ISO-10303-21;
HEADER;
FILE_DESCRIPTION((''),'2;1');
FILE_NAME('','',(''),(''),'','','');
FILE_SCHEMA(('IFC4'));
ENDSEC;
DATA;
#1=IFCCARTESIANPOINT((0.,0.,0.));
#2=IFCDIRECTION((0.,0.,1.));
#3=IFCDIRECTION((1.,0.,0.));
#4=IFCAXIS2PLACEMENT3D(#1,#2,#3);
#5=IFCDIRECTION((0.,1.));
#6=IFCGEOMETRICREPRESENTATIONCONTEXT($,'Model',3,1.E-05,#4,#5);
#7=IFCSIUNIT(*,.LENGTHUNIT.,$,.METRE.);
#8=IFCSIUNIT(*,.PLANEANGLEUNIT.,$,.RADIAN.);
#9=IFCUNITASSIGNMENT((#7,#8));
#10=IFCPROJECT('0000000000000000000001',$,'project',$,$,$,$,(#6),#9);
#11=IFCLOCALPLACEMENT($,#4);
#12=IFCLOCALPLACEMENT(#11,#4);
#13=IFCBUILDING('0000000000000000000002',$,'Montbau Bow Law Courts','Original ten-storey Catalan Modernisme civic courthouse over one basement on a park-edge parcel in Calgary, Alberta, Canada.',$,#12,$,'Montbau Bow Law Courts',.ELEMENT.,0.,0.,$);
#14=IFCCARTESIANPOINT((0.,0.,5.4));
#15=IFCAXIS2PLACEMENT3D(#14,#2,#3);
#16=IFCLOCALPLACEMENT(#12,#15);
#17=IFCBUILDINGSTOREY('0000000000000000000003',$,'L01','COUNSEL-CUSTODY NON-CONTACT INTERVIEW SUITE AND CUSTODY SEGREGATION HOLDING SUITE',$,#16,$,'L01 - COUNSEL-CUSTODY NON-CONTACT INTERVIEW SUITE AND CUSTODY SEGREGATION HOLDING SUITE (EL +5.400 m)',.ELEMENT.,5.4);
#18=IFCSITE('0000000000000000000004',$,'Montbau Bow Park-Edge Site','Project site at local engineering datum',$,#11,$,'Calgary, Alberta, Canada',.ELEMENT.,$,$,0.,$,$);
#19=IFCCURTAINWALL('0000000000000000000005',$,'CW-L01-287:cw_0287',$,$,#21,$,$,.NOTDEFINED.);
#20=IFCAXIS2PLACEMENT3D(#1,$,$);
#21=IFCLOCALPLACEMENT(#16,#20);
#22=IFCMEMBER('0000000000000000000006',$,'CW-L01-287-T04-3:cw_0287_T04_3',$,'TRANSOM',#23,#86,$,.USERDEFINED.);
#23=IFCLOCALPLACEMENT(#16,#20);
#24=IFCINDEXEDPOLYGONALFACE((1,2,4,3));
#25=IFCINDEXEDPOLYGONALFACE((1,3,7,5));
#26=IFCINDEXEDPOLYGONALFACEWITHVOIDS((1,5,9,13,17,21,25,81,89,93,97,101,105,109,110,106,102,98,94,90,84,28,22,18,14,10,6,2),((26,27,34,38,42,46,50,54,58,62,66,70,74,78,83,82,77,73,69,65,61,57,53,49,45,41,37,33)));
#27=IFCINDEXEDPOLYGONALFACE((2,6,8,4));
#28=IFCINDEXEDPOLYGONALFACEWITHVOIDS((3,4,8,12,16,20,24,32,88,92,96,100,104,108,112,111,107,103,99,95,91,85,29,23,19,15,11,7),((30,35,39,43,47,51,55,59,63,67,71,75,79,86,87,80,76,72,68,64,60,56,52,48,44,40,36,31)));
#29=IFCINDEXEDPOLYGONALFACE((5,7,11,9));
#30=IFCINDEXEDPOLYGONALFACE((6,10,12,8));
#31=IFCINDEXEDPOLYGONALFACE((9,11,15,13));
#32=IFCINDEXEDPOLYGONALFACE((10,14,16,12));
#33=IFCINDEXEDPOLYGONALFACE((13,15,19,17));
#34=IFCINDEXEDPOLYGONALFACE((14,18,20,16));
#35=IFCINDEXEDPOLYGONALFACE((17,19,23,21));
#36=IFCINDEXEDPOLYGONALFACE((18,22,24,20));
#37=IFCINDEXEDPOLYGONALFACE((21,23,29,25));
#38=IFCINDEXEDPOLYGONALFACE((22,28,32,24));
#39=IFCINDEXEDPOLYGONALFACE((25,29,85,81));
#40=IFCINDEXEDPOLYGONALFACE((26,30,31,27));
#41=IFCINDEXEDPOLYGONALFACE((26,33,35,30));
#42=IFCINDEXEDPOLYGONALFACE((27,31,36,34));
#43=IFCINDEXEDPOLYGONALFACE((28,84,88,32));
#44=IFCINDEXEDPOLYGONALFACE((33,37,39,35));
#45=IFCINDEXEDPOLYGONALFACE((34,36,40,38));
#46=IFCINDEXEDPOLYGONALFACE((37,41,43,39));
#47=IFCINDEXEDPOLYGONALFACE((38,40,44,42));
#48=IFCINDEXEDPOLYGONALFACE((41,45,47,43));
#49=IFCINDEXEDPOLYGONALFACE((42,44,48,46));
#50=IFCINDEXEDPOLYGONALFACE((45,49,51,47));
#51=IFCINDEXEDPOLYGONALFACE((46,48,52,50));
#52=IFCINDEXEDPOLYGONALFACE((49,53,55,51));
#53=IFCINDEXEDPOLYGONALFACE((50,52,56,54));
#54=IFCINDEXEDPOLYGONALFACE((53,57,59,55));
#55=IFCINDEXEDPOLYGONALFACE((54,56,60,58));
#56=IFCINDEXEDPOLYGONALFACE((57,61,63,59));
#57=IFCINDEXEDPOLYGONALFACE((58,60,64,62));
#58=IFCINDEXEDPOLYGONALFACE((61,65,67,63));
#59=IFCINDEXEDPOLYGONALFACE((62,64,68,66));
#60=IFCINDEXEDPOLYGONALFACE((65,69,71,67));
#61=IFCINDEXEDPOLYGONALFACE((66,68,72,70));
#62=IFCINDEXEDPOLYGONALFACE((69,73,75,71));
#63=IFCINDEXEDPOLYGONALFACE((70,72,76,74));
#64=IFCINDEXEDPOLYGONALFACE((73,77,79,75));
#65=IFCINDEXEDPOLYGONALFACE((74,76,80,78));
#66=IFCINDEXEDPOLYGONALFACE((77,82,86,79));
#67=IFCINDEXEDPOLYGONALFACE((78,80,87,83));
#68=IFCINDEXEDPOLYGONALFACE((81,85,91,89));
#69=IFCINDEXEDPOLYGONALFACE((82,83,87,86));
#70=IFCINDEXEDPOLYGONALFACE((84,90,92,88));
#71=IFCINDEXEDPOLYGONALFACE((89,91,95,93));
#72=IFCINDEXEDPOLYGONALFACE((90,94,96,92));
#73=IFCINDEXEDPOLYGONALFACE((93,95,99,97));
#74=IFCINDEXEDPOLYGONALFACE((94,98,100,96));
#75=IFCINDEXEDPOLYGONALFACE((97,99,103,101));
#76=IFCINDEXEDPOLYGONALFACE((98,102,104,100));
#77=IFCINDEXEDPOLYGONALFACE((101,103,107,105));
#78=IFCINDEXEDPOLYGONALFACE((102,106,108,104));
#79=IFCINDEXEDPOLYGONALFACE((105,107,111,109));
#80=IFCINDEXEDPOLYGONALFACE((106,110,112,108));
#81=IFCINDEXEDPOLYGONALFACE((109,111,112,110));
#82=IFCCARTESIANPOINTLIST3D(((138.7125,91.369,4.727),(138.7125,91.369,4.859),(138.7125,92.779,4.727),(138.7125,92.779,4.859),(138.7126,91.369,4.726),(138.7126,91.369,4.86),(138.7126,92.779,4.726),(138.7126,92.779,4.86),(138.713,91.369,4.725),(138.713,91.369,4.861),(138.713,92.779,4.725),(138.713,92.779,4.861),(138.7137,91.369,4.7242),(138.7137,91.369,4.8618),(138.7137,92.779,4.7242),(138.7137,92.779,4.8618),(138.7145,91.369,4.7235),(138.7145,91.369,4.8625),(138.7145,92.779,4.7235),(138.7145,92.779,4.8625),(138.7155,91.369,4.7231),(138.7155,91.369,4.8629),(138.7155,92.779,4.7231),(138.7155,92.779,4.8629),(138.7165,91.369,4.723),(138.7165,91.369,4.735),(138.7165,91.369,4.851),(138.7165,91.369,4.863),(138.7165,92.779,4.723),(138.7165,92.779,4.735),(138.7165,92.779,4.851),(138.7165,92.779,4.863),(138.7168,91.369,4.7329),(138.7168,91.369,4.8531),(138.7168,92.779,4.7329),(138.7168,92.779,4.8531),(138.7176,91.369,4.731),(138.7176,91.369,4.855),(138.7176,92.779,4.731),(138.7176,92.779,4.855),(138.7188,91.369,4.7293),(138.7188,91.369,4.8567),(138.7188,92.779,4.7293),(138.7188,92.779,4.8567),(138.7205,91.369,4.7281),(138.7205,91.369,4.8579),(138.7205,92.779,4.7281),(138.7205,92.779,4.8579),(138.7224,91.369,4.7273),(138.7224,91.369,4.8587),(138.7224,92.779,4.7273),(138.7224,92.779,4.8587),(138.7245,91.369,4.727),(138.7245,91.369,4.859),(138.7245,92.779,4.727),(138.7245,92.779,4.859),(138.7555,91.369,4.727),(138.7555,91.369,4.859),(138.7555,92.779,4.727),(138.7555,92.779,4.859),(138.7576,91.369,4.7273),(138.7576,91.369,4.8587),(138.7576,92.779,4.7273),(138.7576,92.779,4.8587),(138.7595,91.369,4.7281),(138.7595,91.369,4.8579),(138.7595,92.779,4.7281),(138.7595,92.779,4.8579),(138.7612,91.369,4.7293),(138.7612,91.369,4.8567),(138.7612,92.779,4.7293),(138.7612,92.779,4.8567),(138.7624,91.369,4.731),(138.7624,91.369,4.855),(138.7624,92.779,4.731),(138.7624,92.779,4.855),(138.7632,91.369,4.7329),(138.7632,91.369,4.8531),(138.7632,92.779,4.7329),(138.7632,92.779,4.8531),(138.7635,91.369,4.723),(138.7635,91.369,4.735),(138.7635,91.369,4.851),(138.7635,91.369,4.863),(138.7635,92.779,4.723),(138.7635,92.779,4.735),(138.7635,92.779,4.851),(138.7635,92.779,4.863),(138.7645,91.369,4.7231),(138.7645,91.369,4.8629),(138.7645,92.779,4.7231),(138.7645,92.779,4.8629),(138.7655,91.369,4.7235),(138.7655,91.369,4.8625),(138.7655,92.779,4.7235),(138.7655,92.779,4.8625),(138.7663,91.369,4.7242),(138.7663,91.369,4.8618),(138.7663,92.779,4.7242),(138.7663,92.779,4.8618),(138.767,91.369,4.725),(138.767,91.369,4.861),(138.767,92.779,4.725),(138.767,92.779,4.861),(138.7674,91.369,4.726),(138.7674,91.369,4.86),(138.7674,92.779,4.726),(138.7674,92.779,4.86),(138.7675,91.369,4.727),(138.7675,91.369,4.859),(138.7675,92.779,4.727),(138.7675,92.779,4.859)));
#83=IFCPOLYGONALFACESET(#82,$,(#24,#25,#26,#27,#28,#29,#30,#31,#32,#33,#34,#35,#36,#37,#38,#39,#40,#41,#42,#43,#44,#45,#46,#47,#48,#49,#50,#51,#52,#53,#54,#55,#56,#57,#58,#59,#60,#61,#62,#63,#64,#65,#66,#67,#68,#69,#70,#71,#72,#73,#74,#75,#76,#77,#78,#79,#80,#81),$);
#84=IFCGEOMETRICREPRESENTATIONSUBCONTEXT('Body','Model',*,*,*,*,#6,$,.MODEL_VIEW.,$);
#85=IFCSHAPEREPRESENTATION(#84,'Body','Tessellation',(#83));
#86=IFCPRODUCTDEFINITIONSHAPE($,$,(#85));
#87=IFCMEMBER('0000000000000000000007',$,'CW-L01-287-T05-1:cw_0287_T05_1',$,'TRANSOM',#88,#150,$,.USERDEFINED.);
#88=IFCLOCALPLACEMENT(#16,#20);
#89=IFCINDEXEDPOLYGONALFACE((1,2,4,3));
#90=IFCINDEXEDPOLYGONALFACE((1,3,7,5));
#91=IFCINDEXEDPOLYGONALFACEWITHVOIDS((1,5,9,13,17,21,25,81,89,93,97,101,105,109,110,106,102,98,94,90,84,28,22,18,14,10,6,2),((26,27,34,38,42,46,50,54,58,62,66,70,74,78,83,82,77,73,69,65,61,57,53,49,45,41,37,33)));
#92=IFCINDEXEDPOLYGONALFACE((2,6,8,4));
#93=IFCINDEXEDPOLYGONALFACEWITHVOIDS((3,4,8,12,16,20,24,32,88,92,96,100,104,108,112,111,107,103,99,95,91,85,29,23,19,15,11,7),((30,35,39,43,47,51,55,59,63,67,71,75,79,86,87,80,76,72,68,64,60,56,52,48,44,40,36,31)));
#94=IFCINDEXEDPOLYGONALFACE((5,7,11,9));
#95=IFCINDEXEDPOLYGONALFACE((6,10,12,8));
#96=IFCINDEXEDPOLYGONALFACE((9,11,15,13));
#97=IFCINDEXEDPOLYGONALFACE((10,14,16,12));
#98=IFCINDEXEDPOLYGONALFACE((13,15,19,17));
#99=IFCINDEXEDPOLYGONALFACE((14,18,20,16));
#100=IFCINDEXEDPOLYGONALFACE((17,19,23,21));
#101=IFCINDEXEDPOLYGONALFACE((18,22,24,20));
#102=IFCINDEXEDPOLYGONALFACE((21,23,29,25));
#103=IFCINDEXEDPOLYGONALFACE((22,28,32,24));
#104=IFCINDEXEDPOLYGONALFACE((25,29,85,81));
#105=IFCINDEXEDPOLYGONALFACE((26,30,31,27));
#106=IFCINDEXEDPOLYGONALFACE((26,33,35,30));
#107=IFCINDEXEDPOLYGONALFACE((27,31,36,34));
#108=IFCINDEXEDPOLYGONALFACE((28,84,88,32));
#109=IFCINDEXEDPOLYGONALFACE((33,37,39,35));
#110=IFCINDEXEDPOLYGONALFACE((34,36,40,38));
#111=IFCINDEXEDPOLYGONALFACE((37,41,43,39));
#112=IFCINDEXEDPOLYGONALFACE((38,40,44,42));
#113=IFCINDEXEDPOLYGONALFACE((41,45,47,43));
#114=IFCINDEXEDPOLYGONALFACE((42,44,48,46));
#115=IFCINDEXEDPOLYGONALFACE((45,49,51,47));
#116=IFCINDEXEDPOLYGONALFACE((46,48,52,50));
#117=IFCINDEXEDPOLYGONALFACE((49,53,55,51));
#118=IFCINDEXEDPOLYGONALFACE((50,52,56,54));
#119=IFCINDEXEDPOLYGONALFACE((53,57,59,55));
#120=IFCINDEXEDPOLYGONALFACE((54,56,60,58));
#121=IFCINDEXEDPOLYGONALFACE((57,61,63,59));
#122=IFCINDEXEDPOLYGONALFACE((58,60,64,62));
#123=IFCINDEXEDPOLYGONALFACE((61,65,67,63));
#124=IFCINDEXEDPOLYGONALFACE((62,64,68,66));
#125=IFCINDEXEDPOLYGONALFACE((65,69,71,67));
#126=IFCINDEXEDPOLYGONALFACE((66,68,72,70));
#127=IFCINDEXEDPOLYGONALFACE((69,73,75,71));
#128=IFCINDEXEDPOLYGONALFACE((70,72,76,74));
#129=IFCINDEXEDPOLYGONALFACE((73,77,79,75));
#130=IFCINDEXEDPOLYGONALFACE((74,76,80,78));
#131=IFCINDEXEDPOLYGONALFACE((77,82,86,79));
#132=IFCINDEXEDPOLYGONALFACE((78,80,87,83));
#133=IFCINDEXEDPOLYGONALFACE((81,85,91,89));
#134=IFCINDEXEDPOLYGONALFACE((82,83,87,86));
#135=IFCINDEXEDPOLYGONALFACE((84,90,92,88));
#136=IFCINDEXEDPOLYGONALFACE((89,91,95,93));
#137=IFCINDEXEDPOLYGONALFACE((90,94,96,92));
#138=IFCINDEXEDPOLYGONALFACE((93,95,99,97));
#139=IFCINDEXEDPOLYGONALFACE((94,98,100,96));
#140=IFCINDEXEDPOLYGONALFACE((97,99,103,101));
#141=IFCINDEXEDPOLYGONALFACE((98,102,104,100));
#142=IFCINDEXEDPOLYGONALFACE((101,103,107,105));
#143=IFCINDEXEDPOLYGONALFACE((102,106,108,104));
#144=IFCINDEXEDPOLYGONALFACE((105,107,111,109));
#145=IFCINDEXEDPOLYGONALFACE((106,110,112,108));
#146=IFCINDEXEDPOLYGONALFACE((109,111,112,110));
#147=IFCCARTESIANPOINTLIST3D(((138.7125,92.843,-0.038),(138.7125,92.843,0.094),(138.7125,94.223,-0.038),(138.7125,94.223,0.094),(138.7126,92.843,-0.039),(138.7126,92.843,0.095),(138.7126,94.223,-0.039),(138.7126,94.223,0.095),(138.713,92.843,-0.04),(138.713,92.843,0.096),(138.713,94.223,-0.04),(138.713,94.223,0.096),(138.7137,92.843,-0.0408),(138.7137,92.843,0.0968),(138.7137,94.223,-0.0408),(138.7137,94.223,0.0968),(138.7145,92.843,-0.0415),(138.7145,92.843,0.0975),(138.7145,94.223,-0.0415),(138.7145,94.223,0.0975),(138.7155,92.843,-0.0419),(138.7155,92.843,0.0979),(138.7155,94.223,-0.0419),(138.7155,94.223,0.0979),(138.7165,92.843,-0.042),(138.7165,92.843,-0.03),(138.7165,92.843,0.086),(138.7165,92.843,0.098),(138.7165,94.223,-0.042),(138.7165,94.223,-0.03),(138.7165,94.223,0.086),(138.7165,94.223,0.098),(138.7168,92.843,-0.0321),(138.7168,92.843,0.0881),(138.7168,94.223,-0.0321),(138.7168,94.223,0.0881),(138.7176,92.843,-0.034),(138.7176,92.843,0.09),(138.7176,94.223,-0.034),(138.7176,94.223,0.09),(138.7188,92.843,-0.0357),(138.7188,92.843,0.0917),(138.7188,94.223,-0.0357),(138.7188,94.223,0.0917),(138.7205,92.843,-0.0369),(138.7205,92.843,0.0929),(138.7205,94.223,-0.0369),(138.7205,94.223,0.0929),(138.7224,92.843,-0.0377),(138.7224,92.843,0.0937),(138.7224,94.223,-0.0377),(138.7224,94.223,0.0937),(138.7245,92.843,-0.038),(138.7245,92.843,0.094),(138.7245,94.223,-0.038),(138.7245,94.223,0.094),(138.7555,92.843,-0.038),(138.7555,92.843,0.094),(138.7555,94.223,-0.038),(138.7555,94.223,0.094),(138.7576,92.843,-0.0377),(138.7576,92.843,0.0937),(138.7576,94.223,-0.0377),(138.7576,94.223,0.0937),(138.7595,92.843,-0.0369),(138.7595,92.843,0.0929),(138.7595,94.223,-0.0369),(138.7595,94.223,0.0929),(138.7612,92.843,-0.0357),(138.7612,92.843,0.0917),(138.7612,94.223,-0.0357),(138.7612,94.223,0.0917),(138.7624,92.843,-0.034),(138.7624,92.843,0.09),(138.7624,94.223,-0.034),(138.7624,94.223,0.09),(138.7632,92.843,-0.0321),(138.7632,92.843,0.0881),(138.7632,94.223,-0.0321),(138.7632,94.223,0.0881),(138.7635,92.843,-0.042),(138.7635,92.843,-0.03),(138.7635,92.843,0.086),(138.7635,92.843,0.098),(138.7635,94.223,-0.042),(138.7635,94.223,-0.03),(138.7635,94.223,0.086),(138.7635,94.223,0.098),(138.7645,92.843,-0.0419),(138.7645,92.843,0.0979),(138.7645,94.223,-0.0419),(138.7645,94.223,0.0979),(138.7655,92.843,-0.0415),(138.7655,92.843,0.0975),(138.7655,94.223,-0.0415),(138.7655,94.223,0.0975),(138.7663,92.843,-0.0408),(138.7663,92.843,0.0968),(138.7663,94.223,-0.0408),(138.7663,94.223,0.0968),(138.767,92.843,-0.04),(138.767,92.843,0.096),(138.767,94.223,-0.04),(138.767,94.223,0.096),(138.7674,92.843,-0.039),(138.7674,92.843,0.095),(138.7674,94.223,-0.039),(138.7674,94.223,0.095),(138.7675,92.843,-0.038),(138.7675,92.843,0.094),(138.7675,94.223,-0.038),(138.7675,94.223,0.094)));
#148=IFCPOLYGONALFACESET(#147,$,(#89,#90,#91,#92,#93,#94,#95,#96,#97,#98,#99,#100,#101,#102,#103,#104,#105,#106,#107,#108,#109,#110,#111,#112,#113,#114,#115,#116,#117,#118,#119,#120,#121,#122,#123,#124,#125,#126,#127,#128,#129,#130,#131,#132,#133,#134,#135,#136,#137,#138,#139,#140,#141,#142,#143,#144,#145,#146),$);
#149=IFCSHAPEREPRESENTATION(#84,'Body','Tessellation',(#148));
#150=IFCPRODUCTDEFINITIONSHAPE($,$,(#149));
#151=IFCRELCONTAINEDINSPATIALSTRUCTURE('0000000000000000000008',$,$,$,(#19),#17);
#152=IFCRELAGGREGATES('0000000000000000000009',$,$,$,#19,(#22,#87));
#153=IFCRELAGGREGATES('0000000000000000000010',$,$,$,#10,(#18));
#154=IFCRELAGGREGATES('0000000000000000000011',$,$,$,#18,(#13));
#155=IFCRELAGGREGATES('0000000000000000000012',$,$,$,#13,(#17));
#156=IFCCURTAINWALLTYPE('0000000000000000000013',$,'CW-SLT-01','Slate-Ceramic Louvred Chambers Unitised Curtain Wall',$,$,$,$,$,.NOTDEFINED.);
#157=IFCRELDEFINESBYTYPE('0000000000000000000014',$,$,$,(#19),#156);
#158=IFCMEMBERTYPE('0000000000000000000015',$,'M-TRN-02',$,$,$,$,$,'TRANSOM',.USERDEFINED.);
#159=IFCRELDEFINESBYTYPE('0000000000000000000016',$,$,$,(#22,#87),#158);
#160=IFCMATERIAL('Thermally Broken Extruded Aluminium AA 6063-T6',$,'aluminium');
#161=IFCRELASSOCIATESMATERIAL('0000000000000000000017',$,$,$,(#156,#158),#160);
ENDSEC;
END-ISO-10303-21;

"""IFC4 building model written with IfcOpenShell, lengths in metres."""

from ifc_helpers import new_model, si_unit, direction, frame, origin_with_axes, origin_2d_with_axis, place, context, subcontext, project, spatial, hollow_rectangle, extrude, material, material_profile, profile_set, type_object, element, aggregate, save


model = new_model("IFC4")

# Units and contexts
model_context = context("Model", 3, precision=1e-05, world=origin_with_axes(), true_north=direction((0.0, 1.0)))
body_context = subcontext(model_context, "Body", "Model", "MODEL_VIEW")
ifc_project = project(units=[si_unit("LENGTHUNIT", "METRE"), si_unit("PLANEANGLEUNIT", "RADIAN")], contexts=[model_context])

# Site, building, storey
site_placement = place(None, origin_with_axes())
site = spatial("IfcSite", under=ifc_project, at=site_placement, Name="Montbau Bow Park-Edge Site", Description="Project site at local engineering datum", LongName="Calgary, Alberta, Canada", CompositionType="ELEMENT", RefElevation=0.0)
building_placement = place(site_placement, origin_with_axes())
building = spatial("IfcBuilding", under=site, at=building_placement, Name="Montbau Bow Law Courts", Description="Original ten-storey Catalan Modernisme civic courthouse over one basement on a park-edge parcel in Calgary, Alberta, Canada.", LongName="Montbau Bow Law Courts", CompositionType="ELEMENT", ElevationOfRefHeight=0.0, ElevationOfTerrain=0.0)
storey_placement = place(building_placement, frame((0.0, 0.0, 5.4), z_axis=(0.0, 0.0, 1.0), x_axis=(1.0, 0.0, 0.0)))
storey = spatial("IfcBuildingStorey", under=building, at=storey_placement, Name="L01", Description="COUNSEL-CUSTODY NON-CONTACT INTERVIEW SUITE AND CUSTODY SEGREGATION HOLDING SUITE", LongName="L01 - COUNSEL-CUSTODY NON-CONTACT INTERVIEW SUITE AND CUSTODY SEGREGATION HOLDING SUITE (EL +5.400 m)", CompositionType="ELEMENT", Elevation=5.4)

# Curtain wall
ifc_material_1 = material(Name="Thermally Broken Extruded Aluminium AA 6063-T6", Category="aluminium")
curtain_wall_type = type_object("IfcCurtainWallType", Name="CW-SLT-01", Description="Slate-Ceramic Louvred Chambers Unitised Curtain Wall", PredefinedType="NOTDEFINED", material=ifc_material_1)
curtain_wall_1_placement = place(None, frame((138.74, 86.915, 5.4), z_axis=(0.0, 0.0, 1.0), x_axis=(1.0, 0.0, 0.0)))
curtain_wall_1 = element("IfcCurtainWall", 1, at=curtain_wall_1_placement, inside=storey, type_object=curtain_wall_type, Name="CW-L01-287:cw_0287", PredefinedType="NOTDEFINED")

# Members
ifc_material_profile_1 = material_profile(ifc_material_1, hollow_rectangle(XDim=0.055, YDim=0.14, WallThickness=0.004, InnerFilletRadius=0.008, OuterFilletRadius=0.004, at=origin_2d_with_axis()), Name="CWT-140X55", Category="Main", Priority=0)
ifc_profile_set_1 = profile_set([ifc_material_profile_1], Name="Thermally Broken Extruded Aluminium AA 6063-T6")
member_type_1 = type_object("IfcMemberType", Name="M-TRN-02", ElementType="TRANSOM", PredefinedType="USERDEFINED", material=ifc_profile_set_1)
member_1_placement = place(None, frame((138.74, 91.369, 10.193), z_axis=(0.0, 1.0, 0.0), x_axis=(-1.0, 0.0, 0.0)))
member_1 = element("IfcMember", 2, at=member_1_placement, type_object=member_type_1, Name="CW-L01-287-T04-3:cw_0287_T04_3", ObjectType="TRANSOM", PredefinedType="USERDEFINED", context=body_context, shape_type="SweptSolid", body=[
    extrude(hollow_rectangle(XDim=0.055, YDim=0.14, WallThickness=0.004, InnerFilletRadius=0.008, OuterFilletRadius=0.004, at=origin_2d_with_axis()), origin_with_axes(), (0.0, 0.0, 1.0), 1.41),
])
member_2_placement = place(None, frame((138.74, 92.843, 5.428), z_axis=(0.0, 1.0, 0.0), x_axis=(-1.0, 0.0, 0.0)))
member_2 = element("IfcMember", 3, at=member_2_placement, type_object=member_type_1, Name="CW-L01-287-T05-1:cw_0287_T05_1", ObjectType="TRANSOM", PredefinedType="USERDEFINED", context=body_context, shape_type="SweptSolid", body=[
    extrude(hollow_rectangle(XDim=0.055, YDim=0.14, WallThickness=0.004, InnerFilletRadius=0.008, OuterFilletRadius=0.004, at=origin_2d_with_axis()), origin_with_axes(), (0.0, 0.0, 1.0), 1.38),
])

aggregate(curtain_wall_1, [member_1, member_2])

save(model, "model.ifc")
